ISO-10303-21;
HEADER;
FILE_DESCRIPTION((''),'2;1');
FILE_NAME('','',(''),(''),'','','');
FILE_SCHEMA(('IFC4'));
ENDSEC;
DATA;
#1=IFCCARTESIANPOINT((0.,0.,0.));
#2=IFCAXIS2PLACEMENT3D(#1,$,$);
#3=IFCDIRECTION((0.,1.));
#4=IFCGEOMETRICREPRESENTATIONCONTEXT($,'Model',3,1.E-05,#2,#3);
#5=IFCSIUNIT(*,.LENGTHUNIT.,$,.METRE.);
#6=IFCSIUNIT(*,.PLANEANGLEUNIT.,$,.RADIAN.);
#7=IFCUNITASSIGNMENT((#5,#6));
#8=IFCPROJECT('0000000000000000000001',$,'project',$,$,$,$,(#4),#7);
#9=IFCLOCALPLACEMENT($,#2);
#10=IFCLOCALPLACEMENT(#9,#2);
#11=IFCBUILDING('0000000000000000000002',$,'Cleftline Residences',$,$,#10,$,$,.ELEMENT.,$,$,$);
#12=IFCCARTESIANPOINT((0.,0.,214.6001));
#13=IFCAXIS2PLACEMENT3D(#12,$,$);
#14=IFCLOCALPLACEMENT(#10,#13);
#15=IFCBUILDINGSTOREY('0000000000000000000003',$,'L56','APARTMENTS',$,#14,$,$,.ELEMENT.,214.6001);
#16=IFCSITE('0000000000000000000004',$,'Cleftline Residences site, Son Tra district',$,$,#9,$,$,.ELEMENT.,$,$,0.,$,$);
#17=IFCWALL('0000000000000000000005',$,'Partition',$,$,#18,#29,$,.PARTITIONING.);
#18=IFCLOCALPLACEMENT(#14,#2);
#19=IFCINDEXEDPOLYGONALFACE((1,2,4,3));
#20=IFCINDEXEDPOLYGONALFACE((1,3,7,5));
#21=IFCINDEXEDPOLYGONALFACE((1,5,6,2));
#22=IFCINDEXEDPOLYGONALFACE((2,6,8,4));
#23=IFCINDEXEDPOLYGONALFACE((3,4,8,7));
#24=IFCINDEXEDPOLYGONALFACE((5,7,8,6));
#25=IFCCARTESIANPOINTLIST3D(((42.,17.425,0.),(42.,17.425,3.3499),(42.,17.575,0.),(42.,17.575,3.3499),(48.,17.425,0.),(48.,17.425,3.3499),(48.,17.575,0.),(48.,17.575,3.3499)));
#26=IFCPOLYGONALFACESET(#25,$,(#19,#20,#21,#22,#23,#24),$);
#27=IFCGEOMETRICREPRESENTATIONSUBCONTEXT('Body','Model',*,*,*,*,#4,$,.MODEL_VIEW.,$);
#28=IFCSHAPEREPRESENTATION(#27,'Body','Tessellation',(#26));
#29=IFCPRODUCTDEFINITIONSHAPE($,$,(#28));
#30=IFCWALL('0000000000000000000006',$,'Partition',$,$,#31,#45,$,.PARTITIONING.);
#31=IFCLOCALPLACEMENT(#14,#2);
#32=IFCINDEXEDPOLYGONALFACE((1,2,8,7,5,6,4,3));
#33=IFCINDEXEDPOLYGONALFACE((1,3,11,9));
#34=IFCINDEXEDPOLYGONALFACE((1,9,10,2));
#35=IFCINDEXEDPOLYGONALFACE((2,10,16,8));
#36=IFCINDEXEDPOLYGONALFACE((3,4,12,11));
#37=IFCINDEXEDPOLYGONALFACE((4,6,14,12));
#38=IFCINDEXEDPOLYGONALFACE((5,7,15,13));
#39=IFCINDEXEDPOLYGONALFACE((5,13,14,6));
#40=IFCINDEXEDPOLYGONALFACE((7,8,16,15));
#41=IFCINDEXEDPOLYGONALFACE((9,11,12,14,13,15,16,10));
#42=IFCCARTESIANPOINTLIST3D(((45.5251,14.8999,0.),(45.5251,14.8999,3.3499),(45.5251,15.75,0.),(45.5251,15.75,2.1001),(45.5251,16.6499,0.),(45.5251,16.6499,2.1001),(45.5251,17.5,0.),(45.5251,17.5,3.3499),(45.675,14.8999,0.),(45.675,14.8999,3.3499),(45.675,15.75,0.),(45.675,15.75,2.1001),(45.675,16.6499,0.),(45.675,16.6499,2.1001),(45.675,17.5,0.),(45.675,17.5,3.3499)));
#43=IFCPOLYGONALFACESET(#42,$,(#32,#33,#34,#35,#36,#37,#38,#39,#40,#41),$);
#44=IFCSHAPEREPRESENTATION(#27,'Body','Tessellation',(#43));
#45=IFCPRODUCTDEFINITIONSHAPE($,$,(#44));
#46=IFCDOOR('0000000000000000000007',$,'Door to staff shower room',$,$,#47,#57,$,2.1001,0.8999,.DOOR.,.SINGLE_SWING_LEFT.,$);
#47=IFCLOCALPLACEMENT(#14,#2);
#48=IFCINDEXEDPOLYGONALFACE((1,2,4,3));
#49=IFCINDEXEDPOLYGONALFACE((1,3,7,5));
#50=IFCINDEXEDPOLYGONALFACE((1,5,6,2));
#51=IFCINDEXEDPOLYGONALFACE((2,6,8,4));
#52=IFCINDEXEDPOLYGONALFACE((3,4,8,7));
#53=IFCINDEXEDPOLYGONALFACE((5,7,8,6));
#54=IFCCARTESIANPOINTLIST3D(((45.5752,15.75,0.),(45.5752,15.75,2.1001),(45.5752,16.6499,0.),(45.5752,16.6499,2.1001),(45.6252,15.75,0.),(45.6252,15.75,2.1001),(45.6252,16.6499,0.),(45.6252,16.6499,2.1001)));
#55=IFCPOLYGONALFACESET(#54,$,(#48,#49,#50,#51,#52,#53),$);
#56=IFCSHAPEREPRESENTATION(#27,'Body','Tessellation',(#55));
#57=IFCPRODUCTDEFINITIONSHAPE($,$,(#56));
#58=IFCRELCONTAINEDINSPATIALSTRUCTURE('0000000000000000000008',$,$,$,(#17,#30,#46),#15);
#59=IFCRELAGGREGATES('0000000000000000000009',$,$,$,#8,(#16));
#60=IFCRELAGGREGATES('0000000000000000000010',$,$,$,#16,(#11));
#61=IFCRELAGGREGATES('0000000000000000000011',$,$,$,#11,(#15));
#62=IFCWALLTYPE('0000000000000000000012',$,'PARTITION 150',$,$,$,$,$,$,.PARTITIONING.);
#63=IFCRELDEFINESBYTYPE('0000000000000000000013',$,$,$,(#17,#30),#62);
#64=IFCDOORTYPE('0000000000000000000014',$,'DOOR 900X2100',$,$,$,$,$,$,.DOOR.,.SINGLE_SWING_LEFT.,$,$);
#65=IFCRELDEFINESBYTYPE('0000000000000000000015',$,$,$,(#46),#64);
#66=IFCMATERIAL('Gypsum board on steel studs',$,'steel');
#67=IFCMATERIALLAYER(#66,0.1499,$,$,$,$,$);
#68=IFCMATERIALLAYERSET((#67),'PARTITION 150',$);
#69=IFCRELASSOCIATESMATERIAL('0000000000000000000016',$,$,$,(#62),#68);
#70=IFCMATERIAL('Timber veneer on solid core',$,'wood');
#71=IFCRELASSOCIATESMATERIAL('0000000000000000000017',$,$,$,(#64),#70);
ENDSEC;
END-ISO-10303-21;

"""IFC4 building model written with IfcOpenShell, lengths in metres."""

from ifc_helpers import new_model, si_unit, direction, frame, frame_2d, origin, place, context, subcontext, project, spatial, rectangle, extrude, material, layer, layer_set, type_object, element, fill, save


model = new_model("IFC4")

# Units and contexts
model_context = context("Model", 3, precision=1e-05, world=origin(), true_north=direction((0.0, 1.0)))
body_context = subcontext(model_context, "Body", "Model", "MODEL_VIEW")
ifc_project = project(units=[si_unit("LENGTHUNIT", "METRE"), si_unit("PLANEANGLEUNIT", "RADIAN")], contexts=[model_context])

# Site, building, storey
site_placement = place(None, origin())
site = spatial("IfcSite", under=ifc_project, at=site_placement, Name="Cleftline Residences site, Son Tra district", CompositionType="ELEMENT", RefElevation=0.0)
building_placement = place(site_placement, origin())
building = spatial("IfcBuilding", under=site, at=building_placement, Name="Cleftline Residences", CompositionType="ELEMENT")
storey_placement = place(building_placement, frame((0.0, 0.0, 214.6001)))
storey = spatial("IfcBuildingStorey", under=building, at=storey_placement, Name="L56", Description="APARTMENTS", CompositionType="ELEMENT", Elevation=214.6001)

# Wall
ifc_material_1 = material(Name="Gypsum board on steel studs", Category="steel")
ifc_layer_1 = layer(ifc_material_1, 0.1499)
ifc_layer_set_1 = layer_set([ifc_layer_1], Name="PARTITION 150")
wall_type_1 = type_object("IfcWallType", Name="PARTITION 150", PredefinedType="PARTITIONING", material=ifc_layer_set_1)
wall_1_placement = place(storey_placement, frame((42.0, 17.5, 0.0), z_axis=(0.0, 0.0, 1.0), x_axis=(1.0, 0.0, 0.0)))
element("IfcWall", 1, at=wall_1_placement, inside=storey, type_object=wall_type_1, Name="Partition", PredefinedType="PARTITIONING", context=body_context, shape_type="SweptSolid", body=[
    extrude(rectangle(XDim=6.0, YDim=0.1499, at=frame_2d((3.0, 0.0))), origin(), (0.0, 0.0, 1.0), 3.3499),
])

# Wall, opening, door
wall_2_placement = place(storey_placement, frame((45.6001, 14.8999, 0.0), z_axis=(0.0, 0.0, 1.0), x_axis=(0.0, 1.0, 0.0)))
wall_2 = element("IfcWall", 2, at=wall_2_placement, inside=storey, type_object=wall_type_1, Name="Partition", PredefinedType="PARTITIONING", context=body_context, shape_type="SweptSolid", body=[
    extrude(rectangle(XDim=2.6001, YDim=0.1499, at=frame_2d((1.3, 0.0))), origin(), (0.0, 0.0, 1.0), 3.3499),
])
opening_1_placement = place(wall_2_placement, frame((0.8501, 0.0, 0.0)))
opening_1 = element("IfcOpeningElement", 3, at=opening_1_placement, cuts=wall_2, PredefinedType="OPENING", context=body_context, shape_type="SweptSolid", body=[
    extrude(rectangle(XDim=0.8999, YDim=2.1001, at=frame_2d((0.45, 1.05))), frame((0.0, 0.085, 0.0), z_axis=(0.0, -1.0, 0.0), x_axis=(1.0, 0.0, 0.0)), (0.0, 0.0, 1.0), 0.1699),
])
ifc_material_2 = material(Name="Timber veneer on solid core", Category="wood")
door_type_1 = type_object("IfcDoorType", Name="DOOR 900X2100", OperationType="SINGLE_SWING_LEFT", PredefinedType="DOOR", material=ifc_material_2)
door_1_placement = place(opening_1_placement, origin())
door_1 = element("IfcDoor", 4, at=door_1_placement, inside=storey, type_object=door_type_1, Name="Door to staff shower room", OperationType="SINGLE_SWING_LEFT", OverallHeight=2.1001, OverallWidth=0.8999, PredefinedType="DOOR", context=body_context, shape_type="SweptSolid", body=[
    extrude(rectangle(XDim=0.8999, YDim=2.1001, at=frame_2d((0.45, 1.05))), frame((0.0, 0.0249, 0.0), z_axis=(0.0, -1.0, 0.0), x_axis=(1.0, 0.0, 0.0)), (0.0, 0.0, 1.0), 0.05),
])
fill(opening_1, door_1)

save(model, "model.ifc")
